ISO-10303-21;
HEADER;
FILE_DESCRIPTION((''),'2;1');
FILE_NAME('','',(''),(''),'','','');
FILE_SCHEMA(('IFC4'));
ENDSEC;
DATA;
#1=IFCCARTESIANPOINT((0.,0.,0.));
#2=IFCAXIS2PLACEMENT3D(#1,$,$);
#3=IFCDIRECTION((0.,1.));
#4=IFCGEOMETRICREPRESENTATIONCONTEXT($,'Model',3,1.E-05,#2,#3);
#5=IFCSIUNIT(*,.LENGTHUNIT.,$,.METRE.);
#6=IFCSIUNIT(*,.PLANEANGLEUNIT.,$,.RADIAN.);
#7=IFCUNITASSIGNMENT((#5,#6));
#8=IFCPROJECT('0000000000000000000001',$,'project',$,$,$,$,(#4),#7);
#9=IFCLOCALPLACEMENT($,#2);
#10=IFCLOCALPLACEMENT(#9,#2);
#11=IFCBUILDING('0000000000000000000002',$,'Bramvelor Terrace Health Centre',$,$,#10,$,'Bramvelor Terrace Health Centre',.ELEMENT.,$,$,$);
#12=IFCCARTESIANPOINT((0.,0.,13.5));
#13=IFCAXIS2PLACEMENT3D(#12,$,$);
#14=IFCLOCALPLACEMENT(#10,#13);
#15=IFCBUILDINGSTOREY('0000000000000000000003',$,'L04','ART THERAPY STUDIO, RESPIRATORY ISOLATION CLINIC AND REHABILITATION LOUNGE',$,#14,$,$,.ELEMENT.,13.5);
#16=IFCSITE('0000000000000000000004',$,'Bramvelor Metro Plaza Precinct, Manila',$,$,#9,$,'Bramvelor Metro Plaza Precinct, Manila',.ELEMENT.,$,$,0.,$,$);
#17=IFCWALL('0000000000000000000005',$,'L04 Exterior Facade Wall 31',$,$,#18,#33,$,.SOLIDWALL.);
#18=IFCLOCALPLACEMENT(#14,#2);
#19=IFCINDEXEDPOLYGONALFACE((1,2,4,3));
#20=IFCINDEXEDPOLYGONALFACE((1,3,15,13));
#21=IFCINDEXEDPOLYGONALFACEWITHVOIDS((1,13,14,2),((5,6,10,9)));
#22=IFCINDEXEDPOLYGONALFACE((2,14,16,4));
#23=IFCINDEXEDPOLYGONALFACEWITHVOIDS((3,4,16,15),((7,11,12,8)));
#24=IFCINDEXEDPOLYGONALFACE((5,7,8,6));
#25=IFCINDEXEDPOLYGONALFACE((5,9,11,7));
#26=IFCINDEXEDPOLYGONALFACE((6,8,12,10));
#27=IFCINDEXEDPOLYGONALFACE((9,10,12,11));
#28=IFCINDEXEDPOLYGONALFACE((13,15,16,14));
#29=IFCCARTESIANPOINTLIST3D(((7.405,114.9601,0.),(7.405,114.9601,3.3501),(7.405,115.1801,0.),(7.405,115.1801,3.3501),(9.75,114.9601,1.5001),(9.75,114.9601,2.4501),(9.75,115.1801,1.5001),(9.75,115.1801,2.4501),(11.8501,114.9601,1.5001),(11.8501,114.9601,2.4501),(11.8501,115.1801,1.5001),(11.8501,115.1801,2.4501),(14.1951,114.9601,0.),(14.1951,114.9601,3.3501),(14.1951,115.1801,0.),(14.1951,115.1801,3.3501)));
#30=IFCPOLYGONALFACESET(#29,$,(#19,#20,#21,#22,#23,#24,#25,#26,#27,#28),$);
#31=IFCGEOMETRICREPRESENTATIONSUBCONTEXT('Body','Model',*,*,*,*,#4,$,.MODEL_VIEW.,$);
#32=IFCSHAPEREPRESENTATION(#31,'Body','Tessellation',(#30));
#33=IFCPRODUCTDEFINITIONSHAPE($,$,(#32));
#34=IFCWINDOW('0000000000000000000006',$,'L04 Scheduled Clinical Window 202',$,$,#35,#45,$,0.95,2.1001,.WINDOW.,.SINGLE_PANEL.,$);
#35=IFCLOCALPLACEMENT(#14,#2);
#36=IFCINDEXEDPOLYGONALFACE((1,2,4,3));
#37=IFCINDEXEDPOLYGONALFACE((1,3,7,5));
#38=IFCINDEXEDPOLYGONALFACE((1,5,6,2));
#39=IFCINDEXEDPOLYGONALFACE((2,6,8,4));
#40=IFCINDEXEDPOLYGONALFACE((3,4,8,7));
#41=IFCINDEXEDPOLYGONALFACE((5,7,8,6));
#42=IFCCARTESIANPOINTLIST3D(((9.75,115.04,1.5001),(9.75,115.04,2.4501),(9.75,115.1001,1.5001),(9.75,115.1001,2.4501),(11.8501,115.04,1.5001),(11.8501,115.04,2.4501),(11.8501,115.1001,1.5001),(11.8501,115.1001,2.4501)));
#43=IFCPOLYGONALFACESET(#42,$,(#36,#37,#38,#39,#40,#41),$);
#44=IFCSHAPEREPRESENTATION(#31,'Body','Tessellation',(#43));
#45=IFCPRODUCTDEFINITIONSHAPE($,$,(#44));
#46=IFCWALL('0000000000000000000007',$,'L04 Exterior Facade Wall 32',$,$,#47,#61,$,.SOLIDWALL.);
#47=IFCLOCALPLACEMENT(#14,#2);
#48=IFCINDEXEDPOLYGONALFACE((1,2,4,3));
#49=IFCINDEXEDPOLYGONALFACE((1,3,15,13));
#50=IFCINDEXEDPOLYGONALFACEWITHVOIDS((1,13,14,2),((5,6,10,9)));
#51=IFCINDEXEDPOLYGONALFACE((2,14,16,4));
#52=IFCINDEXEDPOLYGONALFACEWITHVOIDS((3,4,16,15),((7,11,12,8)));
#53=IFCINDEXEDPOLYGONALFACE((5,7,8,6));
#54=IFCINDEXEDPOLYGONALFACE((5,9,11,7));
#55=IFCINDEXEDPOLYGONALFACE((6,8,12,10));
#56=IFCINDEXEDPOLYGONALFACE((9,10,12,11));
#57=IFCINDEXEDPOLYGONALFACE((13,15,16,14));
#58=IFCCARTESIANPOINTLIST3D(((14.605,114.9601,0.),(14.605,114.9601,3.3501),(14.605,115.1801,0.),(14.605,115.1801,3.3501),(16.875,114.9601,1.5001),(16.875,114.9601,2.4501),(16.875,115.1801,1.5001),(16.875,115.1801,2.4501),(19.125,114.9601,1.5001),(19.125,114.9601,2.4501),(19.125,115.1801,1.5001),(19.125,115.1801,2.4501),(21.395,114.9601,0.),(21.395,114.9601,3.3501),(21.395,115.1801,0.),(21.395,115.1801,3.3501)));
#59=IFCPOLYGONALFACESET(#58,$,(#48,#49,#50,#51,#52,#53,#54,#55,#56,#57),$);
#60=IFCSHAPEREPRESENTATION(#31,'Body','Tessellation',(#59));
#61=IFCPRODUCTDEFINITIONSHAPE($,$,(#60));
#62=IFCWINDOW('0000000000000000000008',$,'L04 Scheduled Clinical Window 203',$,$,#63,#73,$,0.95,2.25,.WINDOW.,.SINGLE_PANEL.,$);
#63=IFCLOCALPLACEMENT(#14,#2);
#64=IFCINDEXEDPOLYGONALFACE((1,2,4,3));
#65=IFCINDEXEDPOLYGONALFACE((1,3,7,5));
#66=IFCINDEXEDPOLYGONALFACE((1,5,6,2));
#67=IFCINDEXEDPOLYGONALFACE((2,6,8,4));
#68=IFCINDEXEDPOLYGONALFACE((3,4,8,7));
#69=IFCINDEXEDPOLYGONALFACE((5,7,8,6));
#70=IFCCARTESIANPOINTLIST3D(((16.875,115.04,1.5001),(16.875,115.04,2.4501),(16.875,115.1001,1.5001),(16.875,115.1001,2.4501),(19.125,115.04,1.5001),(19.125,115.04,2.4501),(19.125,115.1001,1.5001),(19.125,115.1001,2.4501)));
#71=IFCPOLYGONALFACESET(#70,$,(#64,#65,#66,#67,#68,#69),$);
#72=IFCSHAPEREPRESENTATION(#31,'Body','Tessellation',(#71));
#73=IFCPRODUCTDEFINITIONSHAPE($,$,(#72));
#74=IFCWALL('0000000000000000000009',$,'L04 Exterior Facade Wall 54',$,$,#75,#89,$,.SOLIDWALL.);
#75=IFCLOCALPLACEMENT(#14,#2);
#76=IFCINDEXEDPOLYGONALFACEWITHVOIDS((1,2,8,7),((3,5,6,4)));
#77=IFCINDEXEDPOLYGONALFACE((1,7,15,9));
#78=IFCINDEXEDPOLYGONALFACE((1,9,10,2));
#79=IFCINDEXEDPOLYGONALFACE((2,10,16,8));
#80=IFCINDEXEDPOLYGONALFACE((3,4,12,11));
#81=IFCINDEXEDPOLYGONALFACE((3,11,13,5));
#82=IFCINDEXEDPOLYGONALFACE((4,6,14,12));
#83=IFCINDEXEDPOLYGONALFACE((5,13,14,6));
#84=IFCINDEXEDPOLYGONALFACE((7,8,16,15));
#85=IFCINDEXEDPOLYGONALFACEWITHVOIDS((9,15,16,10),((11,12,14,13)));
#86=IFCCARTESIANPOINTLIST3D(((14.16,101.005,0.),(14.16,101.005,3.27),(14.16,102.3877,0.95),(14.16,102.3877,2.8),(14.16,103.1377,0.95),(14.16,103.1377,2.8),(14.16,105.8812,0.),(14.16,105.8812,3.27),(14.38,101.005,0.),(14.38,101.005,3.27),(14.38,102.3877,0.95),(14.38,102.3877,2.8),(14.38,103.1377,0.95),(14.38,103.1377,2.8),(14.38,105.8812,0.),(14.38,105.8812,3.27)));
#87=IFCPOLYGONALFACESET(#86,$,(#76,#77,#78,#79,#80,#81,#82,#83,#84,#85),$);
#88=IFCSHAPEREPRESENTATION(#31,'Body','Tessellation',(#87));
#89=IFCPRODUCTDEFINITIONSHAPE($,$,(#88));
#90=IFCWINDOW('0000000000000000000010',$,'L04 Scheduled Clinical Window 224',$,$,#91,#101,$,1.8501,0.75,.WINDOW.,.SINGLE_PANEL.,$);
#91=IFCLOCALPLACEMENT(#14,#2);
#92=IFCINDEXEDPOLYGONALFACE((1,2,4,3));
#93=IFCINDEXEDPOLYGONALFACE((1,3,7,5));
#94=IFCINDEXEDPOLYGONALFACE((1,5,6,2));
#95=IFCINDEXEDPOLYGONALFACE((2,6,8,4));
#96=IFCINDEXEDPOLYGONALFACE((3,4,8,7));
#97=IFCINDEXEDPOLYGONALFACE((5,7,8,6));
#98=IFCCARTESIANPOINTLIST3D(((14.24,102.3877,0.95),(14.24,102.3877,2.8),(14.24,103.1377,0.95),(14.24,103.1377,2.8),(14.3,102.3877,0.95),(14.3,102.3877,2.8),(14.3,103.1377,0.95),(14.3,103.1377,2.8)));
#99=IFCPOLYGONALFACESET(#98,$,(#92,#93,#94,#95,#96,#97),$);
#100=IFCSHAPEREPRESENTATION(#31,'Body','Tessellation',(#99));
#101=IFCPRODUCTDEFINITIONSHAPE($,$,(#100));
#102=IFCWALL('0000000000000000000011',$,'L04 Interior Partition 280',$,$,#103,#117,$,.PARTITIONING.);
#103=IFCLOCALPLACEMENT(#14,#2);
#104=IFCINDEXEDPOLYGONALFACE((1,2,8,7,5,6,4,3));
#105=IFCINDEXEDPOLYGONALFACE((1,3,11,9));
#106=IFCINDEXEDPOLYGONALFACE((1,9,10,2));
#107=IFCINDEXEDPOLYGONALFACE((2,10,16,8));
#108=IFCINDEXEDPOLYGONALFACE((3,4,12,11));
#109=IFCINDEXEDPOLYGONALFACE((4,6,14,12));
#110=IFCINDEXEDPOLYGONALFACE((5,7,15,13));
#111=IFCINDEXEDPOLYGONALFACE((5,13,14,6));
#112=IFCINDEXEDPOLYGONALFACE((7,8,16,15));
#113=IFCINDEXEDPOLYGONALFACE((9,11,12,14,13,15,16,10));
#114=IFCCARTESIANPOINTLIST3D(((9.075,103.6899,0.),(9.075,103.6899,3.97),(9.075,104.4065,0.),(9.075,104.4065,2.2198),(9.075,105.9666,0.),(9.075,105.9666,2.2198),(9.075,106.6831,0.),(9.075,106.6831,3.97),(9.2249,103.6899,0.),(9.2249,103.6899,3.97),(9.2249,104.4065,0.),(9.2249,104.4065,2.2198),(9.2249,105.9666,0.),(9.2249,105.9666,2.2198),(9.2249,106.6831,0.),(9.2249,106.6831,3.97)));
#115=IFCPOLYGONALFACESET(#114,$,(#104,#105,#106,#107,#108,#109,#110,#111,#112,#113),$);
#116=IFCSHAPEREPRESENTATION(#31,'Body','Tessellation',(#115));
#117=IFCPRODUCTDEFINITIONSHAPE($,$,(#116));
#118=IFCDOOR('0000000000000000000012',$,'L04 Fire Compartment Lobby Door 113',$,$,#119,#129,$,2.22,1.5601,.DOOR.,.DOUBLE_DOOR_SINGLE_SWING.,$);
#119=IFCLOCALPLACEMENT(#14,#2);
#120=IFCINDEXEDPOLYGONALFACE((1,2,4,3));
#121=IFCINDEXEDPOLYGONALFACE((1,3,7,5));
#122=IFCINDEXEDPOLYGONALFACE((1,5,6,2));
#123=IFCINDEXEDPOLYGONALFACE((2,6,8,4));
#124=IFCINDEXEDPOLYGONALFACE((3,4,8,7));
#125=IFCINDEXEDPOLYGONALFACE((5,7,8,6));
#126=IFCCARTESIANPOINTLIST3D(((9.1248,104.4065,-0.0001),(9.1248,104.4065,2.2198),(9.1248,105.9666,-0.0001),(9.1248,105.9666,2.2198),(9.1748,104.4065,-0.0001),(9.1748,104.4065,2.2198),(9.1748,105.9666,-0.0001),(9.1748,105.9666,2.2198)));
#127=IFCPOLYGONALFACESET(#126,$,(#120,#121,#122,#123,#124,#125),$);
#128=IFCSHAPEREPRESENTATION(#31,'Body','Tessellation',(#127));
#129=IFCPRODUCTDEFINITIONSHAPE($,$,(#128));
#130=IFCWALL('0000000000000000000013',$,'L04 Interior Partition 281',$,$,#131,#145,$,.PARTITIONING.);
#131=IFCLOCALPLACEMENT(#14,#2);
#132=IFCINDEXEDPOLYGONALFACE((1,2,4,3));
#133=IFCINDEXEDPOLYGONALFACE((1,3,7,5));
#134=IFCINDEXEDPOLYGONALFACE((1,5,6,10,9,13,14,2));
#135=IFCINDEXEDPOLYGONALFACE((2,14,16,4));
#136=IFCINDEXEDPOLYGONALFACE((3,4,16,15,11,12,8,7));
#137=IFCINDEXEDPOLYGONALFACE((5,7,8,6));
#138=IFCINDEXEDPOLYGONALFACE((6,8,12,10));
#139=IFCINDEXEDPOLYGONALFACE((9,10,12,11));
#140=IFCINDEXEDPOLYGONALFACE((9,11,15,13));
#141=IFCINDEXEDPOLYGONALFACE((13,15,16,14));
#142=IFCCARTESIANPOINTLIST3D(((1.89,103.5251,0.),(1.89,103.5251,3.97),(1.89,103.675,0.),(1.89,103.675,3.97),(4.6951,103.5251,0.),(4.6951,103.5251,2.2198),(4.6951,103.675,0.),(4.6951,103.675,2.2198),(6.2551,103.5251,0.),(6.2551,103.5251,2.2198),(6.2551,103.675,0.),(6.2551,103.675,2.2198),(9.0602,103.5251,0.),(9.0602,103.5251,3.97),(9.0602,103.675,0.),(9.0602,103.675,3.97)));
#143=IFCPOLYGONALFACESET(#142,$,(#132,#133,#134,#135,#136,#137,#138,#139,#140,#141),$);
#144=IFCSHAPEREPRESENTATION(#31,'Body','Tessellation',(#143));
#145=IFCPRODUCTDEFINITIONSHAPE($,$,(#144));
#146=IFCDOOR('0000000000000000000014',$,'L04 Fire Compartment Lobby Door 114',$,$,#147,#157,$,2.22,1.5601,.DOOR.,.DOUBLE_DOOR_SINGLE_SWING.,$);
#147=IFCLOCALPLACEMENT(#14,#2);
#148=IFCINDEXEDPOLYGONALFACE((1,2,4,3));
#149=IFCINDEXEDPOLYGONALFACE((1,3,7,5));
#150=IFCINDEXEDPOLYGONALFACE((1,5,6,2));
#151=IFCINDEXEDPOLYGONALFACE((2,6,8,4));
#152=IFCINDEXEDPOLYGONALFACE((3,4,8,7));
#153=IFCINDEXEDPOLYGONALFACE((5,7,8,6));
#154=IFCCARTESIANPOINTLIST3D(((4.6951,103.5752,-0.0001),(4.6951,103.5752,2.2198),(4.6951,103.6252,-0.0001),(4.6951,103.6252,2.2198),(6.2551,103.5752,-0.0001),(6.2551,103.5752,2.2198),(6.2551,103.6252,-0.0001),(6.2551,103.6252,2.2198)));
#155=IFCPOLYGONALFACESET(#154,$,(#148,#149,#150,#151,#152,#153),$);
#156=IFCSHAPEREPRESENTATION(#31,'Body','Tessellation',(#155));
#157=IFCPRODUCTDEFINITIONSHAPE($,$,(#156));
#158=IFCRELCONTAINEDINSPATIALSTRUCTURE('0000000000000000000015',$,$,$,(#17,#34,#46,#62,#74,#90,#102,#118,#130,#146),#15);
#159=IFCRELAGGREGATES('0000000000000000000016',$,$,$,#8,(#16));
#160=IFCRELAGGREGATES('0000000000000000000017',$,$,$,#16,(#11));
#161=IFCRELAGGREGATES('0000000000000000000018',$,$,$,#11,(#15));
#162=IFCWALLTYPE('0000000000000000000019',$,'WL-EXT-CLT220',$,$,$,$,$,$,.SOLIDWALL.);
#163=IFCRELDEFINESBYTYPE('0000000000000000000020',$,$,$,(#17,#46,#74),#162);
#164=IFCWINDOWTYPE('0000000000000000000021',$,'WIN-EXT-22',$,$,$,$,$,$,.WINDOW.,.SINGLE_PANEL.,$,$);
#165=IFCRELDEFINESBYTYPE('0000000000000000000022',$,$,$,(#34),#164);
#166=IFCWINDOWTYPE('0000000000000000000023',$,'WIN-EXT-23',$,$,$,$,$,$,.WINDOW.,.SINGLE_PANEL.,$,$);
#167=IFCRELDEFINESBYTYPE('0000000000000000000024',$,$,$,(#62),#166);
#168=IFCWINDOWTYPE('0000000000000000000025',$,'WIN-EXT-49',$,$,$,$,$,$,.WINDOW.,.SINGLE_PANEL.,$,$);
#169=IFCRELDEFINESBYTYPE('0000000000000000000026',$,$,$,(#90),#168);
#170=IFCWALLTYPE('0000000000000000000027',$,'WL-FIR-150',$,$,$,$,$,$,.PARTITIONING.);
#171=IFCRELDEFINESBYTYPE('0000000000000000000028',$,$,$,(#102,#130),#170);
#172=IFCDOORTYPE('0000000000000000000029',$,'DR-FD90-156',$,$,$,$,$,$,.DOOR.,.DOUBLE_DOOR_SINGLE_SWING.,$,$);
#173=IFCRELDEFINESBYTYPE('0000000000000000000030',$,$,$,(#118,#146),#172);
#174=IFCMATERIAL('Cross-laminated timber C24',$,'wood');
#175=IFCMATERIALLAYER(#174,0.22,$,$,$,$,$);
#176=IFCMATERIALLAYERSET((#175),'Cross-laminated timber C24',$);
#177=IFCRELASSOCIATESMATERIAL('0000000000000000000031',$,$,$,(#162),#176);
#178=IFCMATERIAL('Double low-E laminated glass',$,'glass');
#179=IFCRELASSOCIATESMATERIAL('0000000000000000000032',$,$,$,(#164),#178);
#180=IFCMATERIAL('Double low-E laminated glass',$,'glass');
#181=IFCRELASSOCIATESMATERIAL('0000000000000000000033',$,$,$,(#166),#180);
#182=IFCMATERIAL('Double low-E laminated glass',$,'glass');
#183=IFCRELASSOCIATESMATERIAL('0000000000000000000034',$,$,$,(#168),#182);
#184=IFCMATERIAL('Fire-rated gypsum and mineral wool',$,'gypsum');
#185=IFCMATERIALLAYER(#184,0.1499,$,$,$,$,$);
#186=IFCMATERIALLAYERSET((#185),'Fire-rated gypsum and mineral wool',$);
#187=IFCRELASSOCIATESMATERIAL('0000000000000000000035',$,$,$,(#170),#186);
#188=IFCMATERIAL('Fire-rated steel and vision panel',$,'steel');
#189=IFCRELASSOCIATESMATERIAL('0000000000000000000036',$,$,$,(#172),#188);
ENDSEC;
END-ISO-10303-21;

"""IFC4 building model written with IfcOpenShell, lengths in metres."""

from ifc_helpers import new_model, si_unit, direction, frame, frame_2d, origin, place, context, subcontext, project, spatial, rectangle, extrude, material, layer, layer_set, type_object, element, fill, save


model = new_model("IFC4")

# Units and contexts
model_context = context("Model", 3, precision=1e-05, world=origin(), true_north=direction((0.0, 1.0)))
body_context = subcontext(model_context, "Body", "Model", "MODEL_VIEW")
ifc_project = project(units=[si_unit("LENGTHUNIT", "METRE"), si_unit("PLANEANGLEUNIT", "RADIAN")], contexts=[model_context])

# Site, building, storey
site_placement = place(None, origin())
site = spatial("IfcSite", under=ifc_project, at=site_placement, Name="Bramvelor Metro Plaza Precinct, Manila", LongName="Bramvelor Metro Plaza Precinct, Manila", CompositionType="ELEMENT", RefElevation=0.0)
building_placement = place(site_placement, origin())
building = spatial("IfcBuilding", under=site, at=building_placement, Name="Bramvelor Terrace Health Centre", LongName="Bramvelor Terrace Health Centre", CompositionType="ELEMENT")
storey_placement = place(building_placement, frame((0.0, 0.0, 13.5)))
storey = spatial("IfcBuildingStorey", under=building, at=storey_placement, Name="L04", Description="ART THERAPY STUDIO, RESPIRATORY ISOLATION CLINIC AND REHABILITATION LOUNGE", CompositionType="ELEMENT", Elevation=13.5)

# Walls, openings, windows
ifc_material_1 = material(Name="Cross-laminated timber C24", Category="wood")
ifc_layer_1 = layer(ifc_material_1, 0.22)
ifc_layer_set_1 = layer_set([ifc_layer_1], Name="Cross-laminated timber C24")
wall_type_1 = type_object("IfcWallType", Name="WL-EXT-CLT220", PredefinedType="SOLIDWALL", material=ifc_layer_set_1)
wall_1_placement = place(storey_placement, frame((7.405, 115.0701, 0.0), z_axis=(0.0, 0.0, 1.0), x_axis=(1.0, 0.0, 0.0)))
wall_1 = element("IfcWall", 1, at=wall_1_placement, inside=storey, type_object=wall_type_1, Name="L04 Exterior Facade Wall 31", PredefinedType="SOLIDWALL", context=body_context, shape_type="SweptSolid", body=[
    extrude(rectangle(XDim=6.79, YDim=0.22, at=frame_2d((3.395, 0.0))), origin(), (0.0, 0.0, 1.0), 3.3501),
])
opening_1_placement = place(wall_1_placement, frame((2.345, 0.0, 1.5)))
opening_1 = element("IfcOpeningElement", 2, at=opening_1_placement, cuts=wall_1, PredefinedType="OPENING", context=body_context, shape_type="SweptSolid", body=[
    extrude(rectangle(XDim=2.1001, YDim=0.95, at=frame_2d((1.05, 0.4751))), frame((0.0, 0.1199, 0.0), z_axis=(0.0, -1.0, 0.0), x_axis=(1.0, 0.0, 0.0)), (0.0, 0.0, 1.0), 0.24),
])
ifc_material_2 = material(Name="Double low-E laminated glass", Category="glass")
window_type_1 = type_object("IfcWindowType", Name="WIN-EXT-22", PartitioningType="SINGLE_PANEL", PredefinedType="WINDOW", material=ifc_material_2)
window_1_placement = place(opening_1_placement, origin())
window_1 = element("IfcWindow", 3, at=window_1_placement, inside=storey, type_object=window_type_1, Name="L04 Scheduled Clinical Window 202", OverallHeight=0.95, OverallWidth=2.1001, PartitioningType="SINGLE_PANEL", PredefinedType="WINDOW", context=body_context, shape_type="SweptSolid", body=[
    extrude(rectangle(XDim=2.1001, YDim=0.95, at=frame_2d((1.05, 0.4751))), frame((0.0, 0.03, 0.0), z_axis=(0.0, -1.0, 0.0), x_axis=(1.0, 0.0, 0.0)), (0.0, 0.0, 1.0), 0.0601),
])
fill(opening_1, window_1)
wall_2_placement = place(storey_placement, frame((14.605, 115.0701, 0.0), z_axis=(0.0, 0.0, 1.0), x_axis=(1.0, 0.0, 0.0)))
wall_2 = element("IfcWall", 4, at=wall_2_placement, inside=storey, type_object=wall_type_1, Name="L04 Exterior Facade Wall 32", PredefinedType="SOLIDWALL", context=body_context, shape_type="SweptSolid", body=[
    extrude(rectangle(XDim=6.79, YDim=0.22, at=frame_2d((3.395, 0.0))), origin(), (0.0, 0.0, 1.0), 3.3501),
])
opening_2_placement = place(wall_2_placement, frame((2.27, 0.0, 1.5)))
opening_2 = element("IfcOpeningElement", 5, at=opening_2_placement, cuts=wall_2, PredefinedType="OPENING", context=body_context, shape_type="SweptSolid", body=[
    extrude(rectangle(XDim=2.25, YDim=0.95, at=frame_2d((1.125, 0.4751))), frame((0.0, 0.1199, 0.0), z_axis=(0.0, -1.0, 0.0), x_axis=(1.0, 0.0, 0.0)), (0.0, 0.0, 1.0), 0.24),
])
ifc_material_3 = material(Name="Double low-E laminated glass", Category="glass")
window_type_2 = type_object("IfcWindowType", Name="WIN-EXT-23", PartitioningType="SINGLE_PANEL", PredefinedType="WINDOW", material=ifc_material_3)
window_2_placement = place(opening_2_placement, origin())
window_2 = element("IfcWindow", 6, at=window_2_placement, inside=storey, type_object=window_type_2, Name="L04 Scheduled Clinical Window 203", OverallHeight=0.95, OverallWidth=2.25, PartitioningType="SINGLE_PANEL", PredefinedType="WINDOW", context=body_context, shape_type="SweptSolid", body=[
    extrude(rectangle(XDim=2.25, YDim=0.95, at=frame_2d((1.125, 0.4751))), frame((0.0, 0.03, 0.0), z_axis=(0.0, -1.0, 0.0), x_axis=(1.0, 0.0, 0.0)), (0.0, 0.0, 1.0), 0.0601),
])
fill(opening_2, window_2)
wall_3_placement = place(storey_placement, frame((14.27, 105.8811, 0.0), z_axis=(0.0, 0.0, 1.0), x_axis=(0.0, -1.0, 0.0)))
wall_3 = element("IfcWall", 7, at=wall_3_placement, inside=storey, type_object=wall_type_1, Name="L04 Exterior Facade Wall 54", PredefinedType="SOLIDWALL", context=body_context, shape_type="SweptSolid", body=[
    extrude(rectangle(XDim=4.8762, YDim=0.22, at=frame_2d((2.438, 0.0))), origin(), (0.0, 0.0, 1.0), 3.27),
])
opening_3_placement = place(wall_3_placement, frame((2.7434, 0.0, 0.95)))
opening_3 = element("IfcOpeningElement", 8, at=opening_3_placement, cuts=wall_3, PredefinedType="OPENING", context=body_context, shape_type="SweptSolid", body=[
    extrude(rectangle(XDim=0.75, YDim=1.8501, at=frame_2d((0.375, 0.925))), frame((0.0, 0.1199, 0.0), z_axis=(0.0, -1.0, 0.0), x_axis=(1.0, 0.0, 0.0)), (0.0, 0.0, 1.0), 0.24),
])
ifc_material_4 = material(Name="Double low-E laminated glass", Category="glass")
window_type_3 = type_object("IfcWindowType", Name="WIN-EXT-49", PartitioningType="SINGLE_PANEL", PredefinedType="WINDOW", material=ifc_material_4)
window_3_placement = place(opening_3_placement, origin())
window_3 = element("IfcWindow", 9, at=window_3_placement, inside=storey, type_object=window_type_3, Name="L04 Scheduled Clinical Window 224", OverallHeight=1.8501, OverallWidth=0.75, PartitioningType="SINGLE_PANEL", PredefinedType="WINDOW", context=body_context, shape_type="SweptSolid", body=[
    extrude(rectangle(XDim=0.75, YDim=1.8501, at=frame_2d((0.375, 0.925))), frame((0.0, 0.03, 0.0), z_axis=(0.0, -1.0, 0.0), x_axis=(1.0, 0.0, 0.0)), (0.0, 0.0, 1.0), 0.0601),
])
fill(opening_3, window_3)

# Walls, openings, doors
ifc_material_5 = material(Name="Fire-rated gypsum and mineral wool", Category="gypsum")
ifc_layer_2 = layer(ifc_material_5, 0.1499)
ifc_layer_set_2 = layer_set([ifc_layer_2], Name="Fire-rated gypsum and mineral wool")
wall_type_2 = type_object("IfcWallType", Name="WL-FIR-150", PredefinedType="PARTITIONING", material=ifc_layer_set_2)
wall_4_placement = place(storey_placement, frame((9.1499, 106.6831, 0.0), z_axis=(0.0, 0.0, 1.0), x_axis=(0.0, -1.0, 0.0)))
wall_4 = element("IfcWall", 10, at=wall_4_placement, inside=storey, type_object=wall_type_2, Name="L04 Interior Partition 280", PredefinedType="PARTITIONING", context=body_context, shape_type="SweptSolid", body=[
    extrude(rectangle(XDim=2.9932, YDim=0.1499, at=frame_2d((1.4966, 0.0))), origin(), (0.0, 0.0, 1.0), 3.97),
])
opening_4_placement = place(wall_4_placement, frame((0.7166, 0.0, 0.0)))
opening_4 = element("IfcOpeningElement", 11, at=opening_4_placement, cuts=wall_4, PredefinedType="OPENING", context=body_context, shape_type="SweptSolid", body=[
    extrude(rectangle(XDim=1.5601, YDim=2.22, at=frame_2d((0.78, 1.1099))), frame((0.0, 0.085, 0.0), z_axis=(0.0, -1.0, 0.0), x_axis=(1.0, 0.0, 0.0)), (0.0, 0.0, 1.0), 0.1699),
])
ifc_material_6 = material(Name="Fire-rated steel and vision panel", Category="steel")
door_type_1 = type_object("IfcDoorType", Name="DR-FD90-156", OperationType="DOUBLE_DOOR_SINGLE_SWING", PredefinedType="DOOR", material=ifc_material_6)
door_1_placement = place(opening_4_placement, origin())
door_1 = element("IfcDoor", 12, at=door_1_placement, inside=storey, type_object=door_type_1, Name="L04 Fire Compartment Lobby Door 113", OperationType="DOUBLE_DOOR_SINGLE_SWING", OverallHeight=2.22, OverallWidth=1.5601, PredefinedType="DOOR", context=body_context, shape_type="SweptSolid", body=[
    extrude(rectangle(XDim=1.5601, YDim=2.22, at=frame_2d((0.78, 1.1099))), frame((0.0, 0.0249, 0.0), z_axis=(0.0, -1.0, 0.0), x_axis=(1.0, 0.0, 0.0)), (0.0, 0.0, 1.0), 0.05),
])
fill(opening_4, door_1)
wall_5_placement = place(storey_placement, frame((9.0601, 103.6001, 0.0), z_axis=(0.0, 0.0, 1.0), x_axis=(-1.0, 0.0, 0.0)))
wall_5 = element("IfcWall", 13, at=wall_5_placement, inside=storey, type_object=wall_type_2, Name="L04 Interior Partition 281", PredefinedType="PARTITIONING", context=body_context, shape_type="SweptSolid", body=[
    extrude(rectangle(XDim=7.1702, YDim=0.1499, at=frame_2d((3.585, 0.0))), origin(), (0.0, 0.0, 1.0), 3.97),
])
opening_5_placement = place(wall_5_placement, frame((2.8049, 0.0, 0.0)))
opening_5 = element("IfcOpeningElement", 14, at=opening_5_placement, cuts=wall_5, PredefinedType="OPENING", context=body_context, shape_type="SweptSolid", body=[
    extrude(rectangle(XDim=1.5601, YDim=2.22, at=frame_2d((0.78, 1.1099))), frame((0.0, 0.085, 0.0), z_axis=(0.0, -1.0, 0.0), x_axis=(1.0, 0.0, 0.0)), (0.0, 0.0, 1.0), 0.1699),
])
door_2_placement = place(opening_5_placement, origin())
door_2 = element("IfcDoor", 15, at=door_2_placement, inside=storey, type_object=door_type_1, Name="L04 Fire Compartment Lobby Door 114", OperationType="DOUBLE_DOOR_SINGLE_SWING", OverallHeight=2.22, OverallWidth=1.5601, PredefinedType="DOOR", context=body_context, shape_type="SweptSolid", body=[
    extrude(rectangle(XDim=1.5601, YDim=2.22, at=frame_2d((0.78, 1.1099))), frame((0.0, 0.0249, 0.0), z_axis=(0.0, -1.0, 0.0), x_axis=(1.0, 0.0, 0.0)), (0.0, 0.0, 1.0), 0.05),
])
fill(opening_5, door_2)

save(model, "model.ifc")
